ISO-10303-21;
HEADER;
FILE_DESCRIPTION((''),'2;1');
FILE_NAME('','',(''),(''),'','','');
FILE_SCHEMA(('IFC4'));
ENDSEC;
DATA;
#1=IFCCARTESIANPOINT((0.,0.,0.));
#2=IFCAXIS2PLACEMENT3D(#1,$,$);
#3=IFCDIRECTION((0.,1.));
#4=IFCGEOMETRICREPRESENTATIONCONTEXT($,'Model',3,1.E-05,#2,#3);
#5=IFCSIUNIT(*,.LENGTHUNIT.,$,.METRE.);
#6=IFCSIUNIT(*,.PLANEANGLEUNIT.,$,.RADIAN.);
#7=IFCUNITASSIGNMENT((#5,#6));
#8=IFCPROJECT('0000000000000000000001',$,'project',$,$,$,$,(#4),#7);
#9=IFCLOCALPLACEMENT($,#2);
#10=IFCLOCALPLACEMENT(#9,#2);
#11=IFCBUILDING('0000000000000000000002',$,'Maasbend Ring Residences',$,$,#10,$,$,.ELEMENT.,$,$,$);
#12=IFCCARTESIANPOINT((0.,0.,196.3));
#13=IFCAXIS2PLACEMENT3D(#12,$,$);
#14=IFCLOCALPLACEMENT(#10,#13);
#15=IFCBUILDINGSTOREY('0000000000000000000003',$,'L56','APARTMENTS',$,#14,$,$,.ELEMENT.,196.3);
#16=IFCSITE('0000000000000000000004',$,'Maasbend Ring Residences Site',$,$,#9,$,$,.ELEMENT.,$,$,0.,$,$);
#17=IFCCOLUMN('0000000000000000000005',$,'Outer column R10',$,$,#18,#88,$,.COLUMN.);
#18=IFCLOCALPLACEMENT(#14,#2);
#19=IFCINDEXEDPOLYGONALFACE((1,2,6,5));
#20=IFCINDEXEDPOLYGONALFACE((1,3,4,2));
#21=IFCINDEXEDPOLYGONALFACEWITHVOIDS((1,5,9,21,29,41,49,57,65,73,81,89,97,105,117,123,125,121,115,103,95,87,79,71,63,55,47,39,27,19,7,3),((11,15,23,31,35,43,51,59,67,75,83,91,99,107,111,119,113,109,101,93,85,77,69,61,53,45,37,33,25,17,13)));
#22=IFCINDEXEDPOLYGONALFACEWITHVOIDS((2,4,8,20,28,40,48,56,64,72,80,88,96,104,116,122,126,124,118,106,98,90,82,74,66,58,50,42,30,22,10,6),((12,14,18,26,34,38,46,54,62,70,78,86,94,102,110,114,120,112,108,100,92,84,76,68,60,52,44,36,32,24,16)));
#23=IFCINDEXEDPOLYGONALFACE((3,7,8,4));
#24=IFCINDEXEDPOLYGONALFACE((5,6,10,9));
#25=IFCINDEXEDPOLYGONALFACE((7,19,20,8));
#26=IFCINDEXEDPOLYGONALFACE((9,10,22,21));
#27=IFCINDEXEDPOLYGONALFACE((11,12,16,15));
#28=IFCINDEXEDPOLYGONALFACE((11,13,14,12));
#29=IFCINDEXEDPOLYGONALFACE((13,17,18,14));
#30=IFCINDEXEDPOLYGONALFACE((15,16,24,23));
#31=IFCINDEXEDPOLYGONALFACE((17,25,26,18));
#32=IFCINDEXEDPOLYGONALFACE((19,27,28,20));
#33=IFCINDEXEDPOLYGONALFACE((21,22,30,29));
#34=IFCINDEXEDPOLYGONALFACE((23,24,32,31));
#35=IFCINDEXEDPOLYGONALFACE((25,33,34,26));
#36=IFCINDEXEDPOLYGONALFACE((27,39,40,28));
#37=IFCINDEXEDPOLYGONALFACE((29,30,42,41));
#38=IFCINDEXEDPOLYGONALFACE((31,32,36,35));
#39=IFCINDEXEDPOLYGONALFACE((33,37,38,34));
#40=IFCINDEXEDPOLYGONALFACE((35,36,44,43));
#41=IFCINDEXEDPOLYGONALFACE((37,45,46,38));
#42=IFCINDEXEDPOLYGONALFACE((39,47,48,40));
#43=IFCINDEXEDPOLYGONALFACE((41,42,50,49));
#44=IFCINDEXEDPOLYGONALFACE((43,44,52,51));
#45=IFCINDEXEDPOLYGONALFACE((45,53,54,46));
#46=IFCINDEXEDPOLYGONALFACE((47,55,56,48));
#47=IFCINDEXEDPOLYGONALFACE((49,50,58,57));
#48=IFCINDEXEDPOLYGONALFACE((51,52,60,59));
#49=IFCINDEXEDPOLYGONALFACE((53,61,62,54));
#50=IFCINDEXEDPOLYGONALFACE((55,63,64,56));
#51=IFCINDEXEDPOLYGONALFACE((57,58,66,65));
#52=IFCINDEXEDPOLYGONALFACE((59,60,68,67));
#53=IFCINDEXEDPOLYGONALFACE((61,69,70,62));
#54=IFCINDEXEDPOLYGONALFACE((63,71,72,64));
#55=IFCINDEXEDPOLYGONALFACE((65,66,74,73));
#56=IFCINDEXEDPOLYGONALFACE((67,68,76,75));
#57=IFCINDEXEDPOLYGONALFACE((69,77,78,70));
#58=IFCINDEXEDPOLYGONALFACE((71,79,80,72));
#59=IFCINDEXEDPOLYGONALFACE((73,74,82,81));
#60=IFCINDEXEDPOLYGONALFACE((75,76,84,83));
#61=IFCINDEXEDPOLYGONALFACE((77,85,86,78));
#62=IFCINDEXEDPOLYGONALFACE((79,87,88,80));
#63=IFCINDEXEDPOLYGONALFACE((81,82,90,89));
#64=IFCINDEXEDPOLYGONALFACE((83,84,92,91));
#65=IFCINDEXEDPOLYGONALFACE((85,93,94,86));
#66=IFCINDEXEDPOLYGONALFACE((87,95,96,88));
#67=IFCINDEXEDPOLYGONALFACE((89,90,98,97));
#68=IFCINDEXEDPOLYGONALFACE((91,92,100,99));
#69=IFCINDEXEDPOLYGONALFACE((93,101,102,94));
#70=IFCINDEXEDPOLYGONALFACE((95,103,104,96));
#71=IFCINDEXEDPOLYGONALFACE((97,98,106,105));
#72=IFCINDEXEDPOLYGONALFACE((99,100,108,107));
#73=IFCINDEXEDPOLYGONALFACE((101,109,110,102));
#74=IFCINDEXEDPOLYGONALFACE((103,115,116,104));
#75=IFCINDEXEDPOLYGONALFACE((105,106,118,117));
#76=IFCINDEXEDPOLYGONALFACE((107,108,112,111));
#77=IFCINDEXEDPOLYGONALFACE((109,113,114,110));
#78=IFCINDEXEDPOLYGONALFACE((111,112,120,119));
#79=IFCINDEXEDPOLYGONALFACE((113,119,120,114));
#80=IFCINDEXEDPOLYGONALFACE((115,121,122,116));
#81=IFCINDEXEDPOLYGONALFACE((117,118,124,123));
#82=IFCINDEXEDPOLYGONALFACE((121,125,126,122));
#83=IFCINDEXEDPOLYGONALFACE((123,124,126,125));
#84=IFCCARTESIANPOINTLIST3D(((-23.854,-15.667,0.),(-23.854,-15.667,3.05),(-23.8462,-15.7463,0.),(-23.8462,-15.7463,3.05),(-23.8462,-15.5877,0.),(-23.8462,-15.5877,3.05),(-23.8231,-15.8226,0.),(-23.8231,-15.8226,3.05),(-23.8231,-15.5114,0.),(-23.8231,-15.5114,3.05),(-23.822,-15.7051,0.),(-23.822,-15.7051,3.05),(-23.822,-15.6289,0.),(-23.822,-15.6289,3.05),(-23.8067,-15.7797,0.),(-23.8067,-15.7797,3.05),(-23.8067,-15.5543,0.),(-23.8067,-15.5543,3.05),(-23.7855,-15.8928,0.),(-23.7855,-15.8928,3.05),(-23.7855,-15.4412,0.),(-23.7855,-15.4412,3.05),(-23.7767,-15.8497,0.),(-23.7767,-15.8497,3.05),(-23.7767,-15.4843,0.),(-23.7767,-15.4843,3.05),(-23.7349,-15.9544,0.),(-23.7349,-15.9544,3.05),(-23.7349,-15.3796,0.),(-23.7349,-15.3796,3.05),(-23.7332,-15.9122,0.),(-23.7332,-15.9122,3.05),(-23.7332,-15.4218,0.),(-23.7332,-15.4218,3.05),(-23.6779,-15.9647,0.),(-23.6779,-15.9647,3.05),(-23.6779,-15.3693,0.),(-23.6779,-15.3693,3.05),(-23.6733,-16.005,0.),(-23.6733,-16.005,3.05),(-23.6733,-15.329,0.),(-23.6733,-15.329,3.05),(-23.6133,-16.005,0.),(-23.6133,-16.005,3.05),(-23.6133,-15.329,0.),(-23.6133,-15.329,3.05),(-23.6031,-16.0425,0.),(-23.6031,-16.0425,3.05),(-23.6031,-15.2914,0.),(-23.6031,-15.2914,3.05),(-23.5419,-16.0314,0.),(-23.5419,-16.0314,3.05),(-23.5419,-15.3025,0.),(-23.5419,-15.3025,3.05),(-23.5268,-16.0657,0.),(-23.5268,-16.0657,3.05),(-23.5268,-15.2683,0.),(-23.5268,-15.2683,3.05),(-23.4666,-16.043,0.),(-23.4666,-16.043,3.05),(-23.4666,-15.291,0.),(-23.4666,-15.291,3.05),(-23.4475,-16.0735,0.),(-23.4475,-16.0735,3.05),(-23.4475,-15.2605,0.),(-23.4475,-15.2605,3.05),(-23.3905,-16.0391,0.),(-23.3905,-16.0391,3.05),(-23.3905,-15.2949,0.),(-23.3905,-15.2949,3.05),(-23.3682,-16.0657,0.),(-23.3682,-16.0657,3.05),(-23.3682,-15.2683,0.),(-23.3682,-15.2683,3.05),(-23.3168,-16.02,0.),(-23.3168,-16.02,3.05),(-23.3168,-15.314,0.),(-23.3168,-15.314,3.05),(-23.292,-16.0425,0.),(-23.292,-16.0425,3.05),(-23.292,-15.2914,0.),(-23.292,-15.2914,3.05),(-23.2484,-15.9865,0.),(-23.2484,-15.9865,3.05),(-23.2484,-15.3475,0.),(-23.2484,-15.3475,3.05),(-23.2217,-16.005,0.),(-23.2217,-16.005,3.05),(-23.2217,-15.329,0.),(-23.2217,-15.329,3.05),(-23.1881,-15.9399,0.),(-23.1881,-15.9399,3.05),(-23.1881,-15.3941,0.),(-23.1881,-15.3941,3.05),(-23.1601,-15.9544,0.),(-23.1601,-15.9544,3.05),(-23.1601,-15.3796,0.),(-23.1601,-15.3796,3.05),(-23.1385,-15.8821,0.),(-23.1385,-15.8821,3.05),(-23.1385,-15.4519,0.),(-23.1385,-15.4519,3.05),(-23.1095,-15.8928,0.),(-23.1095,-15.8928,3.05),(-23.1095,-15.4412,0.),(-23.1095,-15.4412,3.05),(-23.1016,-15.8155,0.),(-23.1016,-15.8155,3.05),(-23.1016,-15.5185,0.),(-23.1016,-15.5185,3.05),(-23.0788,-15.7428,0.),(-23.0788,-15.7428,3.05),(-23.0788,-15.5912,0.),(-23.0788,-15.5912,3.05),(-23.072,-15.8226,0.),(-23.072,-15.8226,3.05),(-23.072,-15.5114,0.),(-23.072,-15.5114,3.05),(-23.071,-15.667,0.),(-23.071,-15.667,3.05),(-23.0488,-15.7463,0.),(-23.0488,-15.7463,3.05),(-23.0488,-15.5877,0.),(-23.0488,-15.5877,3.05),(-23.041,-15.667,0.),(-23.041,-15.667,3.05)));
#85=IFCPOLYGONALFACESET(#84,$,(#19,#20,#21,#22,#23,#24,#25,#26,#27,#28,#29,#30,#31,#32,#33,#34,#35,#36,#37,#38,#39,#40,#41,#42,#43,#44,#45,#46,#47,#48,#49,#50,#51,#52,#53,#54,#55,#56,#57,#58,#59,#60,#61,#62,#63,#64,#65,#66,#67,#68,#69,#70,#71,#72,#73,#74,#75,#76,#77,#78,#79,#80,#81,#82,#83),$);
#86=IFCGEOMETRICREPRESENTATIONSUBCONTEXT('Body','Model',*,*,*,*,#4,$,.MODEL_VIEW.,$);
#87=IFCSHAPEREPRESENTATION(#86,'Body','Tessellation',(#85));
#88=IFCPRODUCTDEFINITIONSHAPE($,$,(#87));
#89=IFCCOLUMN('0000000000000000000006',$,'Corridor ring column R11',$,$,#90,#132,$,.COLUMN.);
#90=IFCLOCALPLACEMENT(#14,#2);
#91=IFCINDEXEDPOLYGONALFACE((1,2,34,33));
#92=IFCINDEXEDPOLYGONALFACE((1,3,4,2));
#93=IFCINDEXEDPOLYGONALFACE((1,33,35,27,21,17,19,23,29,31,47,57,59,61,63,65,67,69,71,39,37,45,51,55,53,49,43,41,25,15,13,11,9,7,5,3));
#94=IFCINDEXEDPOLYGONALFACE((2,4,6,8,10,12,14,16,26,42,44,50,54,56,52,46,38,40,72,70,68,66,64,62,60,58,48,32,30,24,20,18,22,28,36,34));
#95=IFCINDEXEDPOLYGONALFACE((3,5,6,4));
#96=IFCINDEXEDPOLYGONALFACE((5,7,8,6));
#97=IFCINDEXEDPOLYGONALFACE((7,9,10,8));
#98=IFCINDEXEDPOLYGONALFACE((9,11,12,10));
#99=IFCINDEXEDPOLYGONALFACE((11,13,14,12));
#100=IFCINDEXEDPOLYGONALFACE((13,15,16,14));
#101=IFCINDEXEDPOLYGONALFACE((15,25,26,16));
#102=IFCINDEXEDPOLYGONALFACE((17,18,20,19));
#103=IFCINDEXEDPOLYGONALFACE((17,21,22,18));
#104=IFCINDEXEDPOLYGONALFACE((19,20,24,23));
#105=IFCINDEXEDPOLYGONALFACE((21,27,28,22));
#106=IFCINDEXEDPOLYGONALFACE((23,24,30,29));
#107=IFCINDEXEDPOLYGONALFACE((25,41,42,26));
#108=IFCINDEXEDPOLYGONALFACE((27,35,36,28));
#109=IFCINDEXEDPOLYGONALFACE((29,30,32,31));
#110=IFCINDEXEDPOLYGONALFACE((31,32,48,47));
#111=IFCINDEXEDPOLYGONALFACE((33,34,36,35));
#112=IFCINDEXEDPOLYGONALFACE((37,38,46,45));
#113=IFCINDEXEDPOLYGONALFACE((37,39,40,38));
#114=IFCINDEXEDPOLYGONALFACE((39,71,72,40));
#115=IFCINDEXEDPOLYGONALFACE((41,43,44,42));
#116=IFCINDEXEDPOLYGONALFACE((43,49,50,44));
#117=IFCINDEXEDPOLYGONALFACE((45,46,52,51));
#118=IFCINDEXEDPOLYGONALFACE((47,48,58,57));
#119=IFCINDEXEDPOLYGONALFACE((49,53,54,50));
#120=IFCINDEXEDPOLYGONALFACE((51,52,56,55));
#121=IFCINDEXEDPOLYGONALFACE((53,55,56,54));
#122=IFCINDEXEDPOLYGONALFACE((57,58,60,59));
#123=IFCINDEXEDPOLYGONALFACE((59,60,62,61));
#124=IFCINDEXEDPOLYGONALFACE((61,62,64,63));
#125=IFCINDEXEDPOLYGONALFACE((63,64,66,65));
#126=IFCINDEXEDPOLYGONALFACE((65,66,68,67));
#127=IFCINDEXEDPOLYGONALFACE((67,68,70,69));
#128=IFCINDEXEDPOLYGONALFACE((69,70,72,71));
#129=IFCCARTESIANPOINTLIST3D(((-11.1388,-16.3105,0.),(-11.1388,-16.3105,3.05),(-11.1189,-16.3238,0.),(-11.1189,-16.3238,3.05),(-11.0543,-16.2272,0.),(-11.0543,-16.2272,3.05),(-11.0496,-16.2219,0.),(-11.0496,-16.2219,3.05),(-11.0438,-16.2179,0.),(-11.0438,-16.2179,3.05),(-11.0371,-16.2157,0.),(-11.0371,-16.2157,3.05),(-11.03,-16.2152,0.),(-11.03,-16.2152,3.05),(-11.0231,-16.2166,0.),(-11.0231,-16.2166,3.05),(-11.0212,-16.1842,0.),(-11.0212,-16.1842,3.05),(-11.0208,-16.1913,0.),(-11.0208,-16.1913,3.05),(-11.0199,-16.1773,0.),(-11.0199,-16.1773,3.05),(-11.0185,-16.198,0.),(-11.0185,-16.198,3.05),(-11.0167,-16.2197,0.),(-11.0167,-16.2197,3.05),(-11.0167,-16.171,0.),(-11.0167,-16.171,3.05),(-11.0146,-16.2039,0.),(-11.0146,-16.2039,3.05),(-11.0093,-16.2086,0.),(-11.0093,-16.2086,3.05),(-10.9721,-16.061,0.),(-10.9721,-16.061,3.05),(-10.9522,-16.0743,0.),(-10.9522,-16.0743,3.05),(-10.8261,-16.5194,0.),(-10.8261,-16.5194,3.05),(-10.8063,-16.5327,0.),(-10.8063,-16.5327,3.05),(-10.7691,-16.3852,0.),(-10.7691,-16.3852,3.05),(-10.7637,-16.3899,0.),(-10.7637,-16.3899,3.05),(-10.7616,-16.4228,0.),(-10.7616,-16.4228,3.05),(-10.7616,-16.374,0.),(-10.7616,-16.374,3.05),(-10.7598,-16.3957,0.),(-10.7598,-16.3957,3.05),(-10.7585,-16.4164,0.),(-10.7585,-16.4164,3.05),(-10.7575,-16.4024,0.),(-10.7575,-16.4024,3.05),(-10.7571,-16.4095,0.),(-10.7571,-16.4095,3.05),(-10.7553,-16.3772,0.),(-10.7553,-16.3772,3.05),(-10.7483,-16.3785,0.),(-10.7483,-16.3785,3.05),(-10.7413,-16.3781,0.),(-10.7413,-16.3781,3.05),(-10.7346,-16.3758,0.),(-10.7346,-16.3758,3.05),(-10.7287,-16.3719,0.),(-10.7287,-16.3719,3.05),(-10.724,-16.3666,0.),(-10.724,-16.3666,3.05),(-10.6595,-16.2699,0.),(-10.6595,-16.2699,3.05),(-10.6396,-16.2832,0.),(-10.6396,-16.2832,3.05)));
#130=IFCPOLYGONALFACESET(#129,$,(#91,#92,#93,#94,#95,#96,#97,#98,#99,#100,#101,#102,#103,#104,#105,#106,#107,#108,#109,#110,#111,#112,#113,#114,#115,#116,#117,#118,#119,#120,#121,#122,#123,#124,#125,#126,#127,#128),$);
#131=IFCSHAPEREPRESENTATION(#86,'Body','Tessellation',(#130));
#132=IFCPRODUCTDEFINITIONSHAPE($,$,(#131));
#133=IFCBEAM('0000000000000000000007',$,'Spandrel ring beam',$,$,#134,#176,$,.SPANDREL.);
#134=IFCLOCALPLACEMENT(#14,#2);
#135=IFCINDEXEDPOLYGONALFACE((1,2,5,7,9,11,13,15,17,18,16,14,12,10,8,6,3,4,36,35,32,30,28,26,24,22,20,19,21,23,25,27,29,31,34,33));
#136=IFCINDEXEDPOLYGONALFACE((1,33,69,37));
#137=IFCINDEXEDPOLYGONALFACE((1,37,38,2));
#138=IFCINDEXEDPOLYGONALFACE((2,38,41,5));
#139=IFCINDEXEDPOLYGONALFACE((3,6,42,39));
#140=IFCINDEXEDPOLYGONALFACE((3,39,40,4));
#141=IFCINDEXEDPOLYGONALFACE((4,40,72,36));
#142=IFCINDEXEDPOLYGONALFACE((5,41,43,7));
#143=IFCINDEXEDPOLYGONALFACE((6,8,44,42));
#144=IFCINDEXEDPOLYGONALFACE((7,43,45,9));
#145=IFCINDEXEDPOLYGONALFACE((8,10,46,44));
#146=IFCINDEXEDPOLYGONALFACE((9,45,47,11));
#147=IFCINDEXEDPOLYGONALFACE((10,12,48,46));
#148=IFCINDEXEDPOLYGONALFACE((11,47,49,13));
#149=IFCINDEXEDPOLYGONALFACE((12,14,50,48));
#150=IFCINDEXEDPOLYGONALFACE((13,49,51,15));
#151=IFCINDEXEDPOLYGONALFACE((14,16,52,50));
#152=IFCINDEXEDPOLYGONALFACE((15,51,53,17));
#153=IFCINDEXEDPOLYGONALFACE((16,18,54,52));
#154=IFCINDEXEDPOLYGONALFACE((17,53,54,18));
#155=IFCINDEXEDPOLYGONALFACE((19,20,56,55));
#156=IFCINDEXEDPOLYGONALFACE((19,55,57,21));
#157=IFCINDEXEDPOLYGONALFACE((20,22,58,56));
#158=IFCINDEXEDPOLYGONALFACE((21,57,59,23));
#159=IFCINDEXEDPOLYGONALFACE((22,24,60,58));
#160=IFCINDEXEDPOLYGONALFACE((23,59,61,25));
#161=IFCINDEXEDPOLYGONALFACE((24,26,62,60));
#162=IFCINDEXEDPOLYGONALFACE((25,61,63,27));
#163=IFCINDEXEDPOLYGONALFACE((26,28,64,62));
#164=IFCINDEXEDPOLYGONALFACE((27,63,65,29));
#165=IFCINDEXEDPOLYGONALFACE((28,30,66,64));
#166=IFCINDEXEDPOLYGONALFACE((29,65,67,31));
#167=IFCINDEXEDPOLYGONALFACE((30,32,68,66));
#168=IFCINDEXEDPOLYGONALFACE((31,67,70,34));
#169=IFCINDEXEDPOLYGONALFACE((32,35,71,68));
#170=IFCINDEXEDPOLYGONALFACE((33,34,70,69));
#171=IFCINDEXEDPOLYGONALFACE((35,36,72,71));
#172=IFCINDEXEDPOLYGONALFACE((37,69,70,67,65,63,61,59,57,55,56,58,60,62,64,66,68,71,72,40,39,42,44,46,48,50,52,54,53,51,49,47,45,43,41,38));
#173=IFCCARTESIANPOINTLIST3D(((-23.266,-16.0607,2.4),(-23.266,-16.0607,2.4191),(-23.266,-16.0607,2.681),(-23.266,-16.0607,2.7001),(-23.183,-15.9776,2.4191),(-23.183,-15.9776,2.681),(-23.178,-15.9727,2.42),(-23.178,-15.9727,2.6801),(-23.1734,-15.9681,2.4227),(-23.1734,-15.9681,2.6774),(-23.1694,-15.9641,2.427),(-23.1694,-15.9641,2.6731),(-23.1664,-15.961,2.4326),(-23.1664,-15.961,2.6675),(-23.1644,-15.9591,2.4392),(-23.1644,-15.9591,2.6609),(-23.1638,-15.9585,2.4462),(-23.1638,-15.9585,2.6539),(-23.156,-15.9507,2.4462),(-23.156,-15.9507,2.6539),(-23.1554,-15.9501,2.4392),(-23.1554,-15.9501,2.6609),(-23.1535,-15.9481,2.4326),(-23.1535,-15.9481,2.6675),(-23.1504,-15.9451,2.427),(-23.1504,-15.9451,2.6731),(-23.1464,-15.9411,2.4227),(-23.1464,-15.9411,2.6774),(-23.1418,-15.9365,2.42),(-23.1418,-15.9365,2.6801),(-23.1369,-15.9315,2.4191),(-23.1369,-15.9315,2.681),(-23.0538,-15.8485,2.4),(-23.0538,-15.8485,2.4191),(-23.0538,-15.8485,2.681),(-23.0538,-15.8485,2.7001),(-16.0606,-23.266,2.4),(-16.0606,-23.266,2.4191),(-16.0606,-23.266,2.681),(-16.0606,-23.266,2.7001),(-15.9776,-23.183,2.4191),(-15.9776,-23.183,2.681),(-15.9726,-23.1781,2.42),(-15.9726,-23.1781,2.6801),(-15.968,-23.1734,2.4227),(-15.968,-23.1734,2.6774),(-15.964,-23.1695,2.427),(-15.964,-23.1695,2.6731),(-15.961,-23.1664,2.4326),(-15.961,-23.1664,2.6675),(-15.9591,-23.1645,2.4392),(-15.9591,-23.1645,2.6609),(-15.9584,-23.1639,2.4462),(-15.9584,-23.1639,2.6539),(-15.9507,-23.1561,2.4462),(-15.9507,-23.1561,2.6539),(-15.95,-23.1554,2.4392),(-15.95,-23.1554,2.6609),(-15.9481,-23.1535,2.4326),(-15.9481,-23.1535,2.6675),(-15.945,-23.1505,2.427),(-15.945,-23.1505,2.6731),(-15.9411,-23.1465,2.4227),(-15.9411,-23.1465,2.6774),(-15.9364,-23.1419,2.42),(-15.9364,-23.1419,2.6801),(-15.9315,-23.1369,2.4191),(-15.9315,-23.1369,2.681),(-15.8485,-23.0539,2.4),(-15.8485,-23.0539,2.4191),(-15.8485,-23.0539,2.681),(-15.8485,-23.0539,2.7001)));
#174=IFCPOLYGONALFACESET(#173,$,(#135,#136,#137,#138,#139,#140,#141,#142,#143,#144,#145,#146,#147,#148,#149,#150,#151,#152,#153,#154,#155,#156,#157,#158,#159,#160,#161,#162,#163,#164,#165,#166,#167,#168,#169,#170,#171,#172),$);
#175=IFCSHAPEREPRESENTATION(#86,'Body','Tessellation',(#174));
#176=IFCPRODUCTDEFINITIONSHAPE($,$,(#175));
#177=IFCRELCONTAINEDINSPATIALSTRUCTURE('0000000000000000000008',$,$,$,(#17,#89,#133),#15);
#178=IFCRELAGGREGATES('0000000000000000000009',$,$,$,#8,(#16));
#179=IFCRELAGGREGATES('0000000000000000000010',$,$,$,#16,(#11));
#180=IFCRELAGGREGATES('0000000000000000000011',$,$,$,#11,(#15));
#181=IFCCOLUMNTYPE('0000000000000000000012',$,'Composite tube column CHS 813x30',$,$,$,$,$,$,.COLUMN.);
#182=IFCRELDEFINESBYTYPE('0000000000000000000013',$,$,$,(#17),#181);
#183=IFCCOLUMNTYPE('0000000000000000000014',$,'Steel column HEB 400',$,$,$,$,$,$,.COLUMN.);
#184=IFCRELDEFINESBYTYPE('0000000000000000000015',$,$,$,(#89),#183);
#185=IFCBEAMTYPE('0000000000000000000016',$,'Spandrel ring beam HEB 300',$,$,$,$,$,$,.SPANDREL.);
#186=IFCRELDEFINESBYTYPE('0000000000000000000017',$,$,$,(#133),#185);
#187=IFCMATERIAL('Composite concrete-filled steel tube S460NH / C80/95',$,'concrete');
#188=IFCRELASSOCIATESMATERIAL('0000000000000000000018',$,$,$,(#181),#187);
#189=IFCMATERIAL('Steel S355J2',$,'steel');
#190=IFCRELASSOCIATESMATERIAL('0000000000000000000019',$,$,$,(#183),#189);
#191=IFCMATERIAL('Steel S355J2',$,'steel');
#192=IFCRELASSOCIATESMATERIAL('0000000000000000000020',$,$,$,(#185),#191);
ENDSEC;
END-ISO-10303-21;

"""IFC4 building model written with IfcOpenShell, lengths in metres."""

from ifc_helpers import new_model, si_unit, direction, frame, origin, origin_2d, place, context, subcontext, project, spatial, hollow_circle, i_section, extrude, material, material_profile, profile_set, type_object, element, save


model = new_model("IFC4")

# Units and contexts
model_context = context("Model", 3, precision=1e-05, world=origin(), true_north=direction((0.0, 1.0)))
body_context = subcontext(model_context, "Body", "Model", "MODEL_VIEW")
ifc_project = project(units=[si_unit("LENGTHUNIT", "METRE"), si_unit("PLANEANGLEUNIT", "RADIAN")], contexts=[model_context])

# Site, building, storey
site_placement = place(None, origin())
site = spatial("IfcSite", under=ifc_project, at=site_placement, Name="Maasbend Ring Residences Site", CompositionType="ELEMENT", RefElevation=0.0)
building_placement = place(site_placement, origin())
building = spatial("IfcBuilding", under=site, at=building_placement, Name="Maasbend Ring Residences", CompositionType="ELEMENT")
storey_placement = place(building_placement, frame((0.0, 0.0, 196.3)))
storey = spatial("IfcBuildingStorey", under=building, at=storey_placement, Name="L56", Description="APARTMENTS", CompositionType="ELEMENT", Elevation=196.3)

# Columns
ifc_material_1 = material(Name="Composite concrete-filled steel tube S460NH / C80/95", Category="concrete")
ifc_material_profile_1 = material_profile(ifc_material_1, hollow_circle(Radius=0.4065, WallThickness=0.03, at=origin_2d()), Name="Composite tube column CHS 813x30")
ifc_profile_set_1 = profile_set([ifc_material_profile_1], Name="Composite concrete-filled steel tube S460NH / C80/95")
column_type_1 = type_object("IfcColumnType", Name="Composite tube column CHS 813x30", PredefinedType="COLUMN", material=ifc_profile_set_1)
column_1_placement = place(storey_placement, frame((-23.4475, -15.667, 0.0), z_axis=(0.0, 0.0, 1.0), x_axis=(1.0, 0.0, 0.0)))
element("IfcColumn", 1, at=column_1_placement, inside=storey, type_object=column_type_1, Name="Outer column R10", PredefinedType="COLUMN", context=body_context, shape_type="SweptSolid", body=[
    extrude(hollow_circle(Radius=0.4065, WallThickness=0.03, at=origin_2d()), origin(), (0.0, 0.0, 1.0), 3.05),
])
ifc_material_2 = material(Name="Steel S355J2", Category="steel")
ifc_material_profile_2 = material_profile(ifc_material_2, i_section(OverallWidth=0.3, OverallDepth=0.3999, WebThickness=0.0134, FlangeThickness=0.0239, FilletRadius=0.0271, at=origin_2d()), Name="HEB 400")
ifc_profile_set_2 = profile_set([ifc_material_profile_2], Name="Steel S355J2")
column_type_2 = type_object("IfcColumnType", Name="Steel column HEB 400", PredefinedType="COLUMN", material=ifc_profile_set_2)
column_2_placement = place(storey_placement, frame((-10.8892, -16.2969, 0.0), z_axis=(0.0, 0.0, 1.0), x_axis=(-0.55557, -0.83147, 0.0)))
element("IfcColumn", 2, at=column_2_placement, inside=storey, type_object=column_type_2, Name="Corridor ring column R11", PredefinedType="COLUMN", context=body_context, shape_type="SweptSolid", body=[
    extrude(i_section(OverallWidth=0.3, OverallDepth=0.3999, WebThickness=0.0134, FlangeThickness=0.0239, FilletRadius=0.0271, at=origin_2d()), origin(), (0.0, 0.0, 1.0), 3.05),
])

# Beam
ifc_material_3 = material(Name="Steel S355J2", Category="steel")
ifc_material_profile_3 = material_profile(ifc_material_3, i_section(OverallWidth=0.3, OverallDepth=0.3, WebThickness=0.011, FlangeThickness=0.019, FilletRadius=0.0271, at=origin_2d()), Name="HEB 300")
ifc_profile_set_3 = profile_set([ifc_material_profile_3], Name="Steel S355J2")
beam_type = type_object("IfcBeamType", Name="Spandrel ring beam HEB 300", PredefinedType="SPANDREL", material=ifc_profile_set_3)
beam_placement = place(storey_placement, frame((-23.1599, -15.9546, 2.55), z_axis=(0.707107, -0.707107, 0.0), x_axis=(0.707107, 0.707107, 0.0)))
element("IfcBeam", 3, at=beam_placement, inside=storey, type_object=beam_type, Name="Spandrel ring beam", PredefinedType="SPANDREL", context=body_context, shape_type="SweptSolid", body=[
    extrude(i_section(OverallWidth=0.3, OverallDepth=0.3, WebThickness=0.011, FlangeThickness=0.019, FilletRadius=0.0271, at=origin_2d()), origin(), (0.0, 0.0, 1.0), 10.1899),
])

save(model, "model.ifc")
